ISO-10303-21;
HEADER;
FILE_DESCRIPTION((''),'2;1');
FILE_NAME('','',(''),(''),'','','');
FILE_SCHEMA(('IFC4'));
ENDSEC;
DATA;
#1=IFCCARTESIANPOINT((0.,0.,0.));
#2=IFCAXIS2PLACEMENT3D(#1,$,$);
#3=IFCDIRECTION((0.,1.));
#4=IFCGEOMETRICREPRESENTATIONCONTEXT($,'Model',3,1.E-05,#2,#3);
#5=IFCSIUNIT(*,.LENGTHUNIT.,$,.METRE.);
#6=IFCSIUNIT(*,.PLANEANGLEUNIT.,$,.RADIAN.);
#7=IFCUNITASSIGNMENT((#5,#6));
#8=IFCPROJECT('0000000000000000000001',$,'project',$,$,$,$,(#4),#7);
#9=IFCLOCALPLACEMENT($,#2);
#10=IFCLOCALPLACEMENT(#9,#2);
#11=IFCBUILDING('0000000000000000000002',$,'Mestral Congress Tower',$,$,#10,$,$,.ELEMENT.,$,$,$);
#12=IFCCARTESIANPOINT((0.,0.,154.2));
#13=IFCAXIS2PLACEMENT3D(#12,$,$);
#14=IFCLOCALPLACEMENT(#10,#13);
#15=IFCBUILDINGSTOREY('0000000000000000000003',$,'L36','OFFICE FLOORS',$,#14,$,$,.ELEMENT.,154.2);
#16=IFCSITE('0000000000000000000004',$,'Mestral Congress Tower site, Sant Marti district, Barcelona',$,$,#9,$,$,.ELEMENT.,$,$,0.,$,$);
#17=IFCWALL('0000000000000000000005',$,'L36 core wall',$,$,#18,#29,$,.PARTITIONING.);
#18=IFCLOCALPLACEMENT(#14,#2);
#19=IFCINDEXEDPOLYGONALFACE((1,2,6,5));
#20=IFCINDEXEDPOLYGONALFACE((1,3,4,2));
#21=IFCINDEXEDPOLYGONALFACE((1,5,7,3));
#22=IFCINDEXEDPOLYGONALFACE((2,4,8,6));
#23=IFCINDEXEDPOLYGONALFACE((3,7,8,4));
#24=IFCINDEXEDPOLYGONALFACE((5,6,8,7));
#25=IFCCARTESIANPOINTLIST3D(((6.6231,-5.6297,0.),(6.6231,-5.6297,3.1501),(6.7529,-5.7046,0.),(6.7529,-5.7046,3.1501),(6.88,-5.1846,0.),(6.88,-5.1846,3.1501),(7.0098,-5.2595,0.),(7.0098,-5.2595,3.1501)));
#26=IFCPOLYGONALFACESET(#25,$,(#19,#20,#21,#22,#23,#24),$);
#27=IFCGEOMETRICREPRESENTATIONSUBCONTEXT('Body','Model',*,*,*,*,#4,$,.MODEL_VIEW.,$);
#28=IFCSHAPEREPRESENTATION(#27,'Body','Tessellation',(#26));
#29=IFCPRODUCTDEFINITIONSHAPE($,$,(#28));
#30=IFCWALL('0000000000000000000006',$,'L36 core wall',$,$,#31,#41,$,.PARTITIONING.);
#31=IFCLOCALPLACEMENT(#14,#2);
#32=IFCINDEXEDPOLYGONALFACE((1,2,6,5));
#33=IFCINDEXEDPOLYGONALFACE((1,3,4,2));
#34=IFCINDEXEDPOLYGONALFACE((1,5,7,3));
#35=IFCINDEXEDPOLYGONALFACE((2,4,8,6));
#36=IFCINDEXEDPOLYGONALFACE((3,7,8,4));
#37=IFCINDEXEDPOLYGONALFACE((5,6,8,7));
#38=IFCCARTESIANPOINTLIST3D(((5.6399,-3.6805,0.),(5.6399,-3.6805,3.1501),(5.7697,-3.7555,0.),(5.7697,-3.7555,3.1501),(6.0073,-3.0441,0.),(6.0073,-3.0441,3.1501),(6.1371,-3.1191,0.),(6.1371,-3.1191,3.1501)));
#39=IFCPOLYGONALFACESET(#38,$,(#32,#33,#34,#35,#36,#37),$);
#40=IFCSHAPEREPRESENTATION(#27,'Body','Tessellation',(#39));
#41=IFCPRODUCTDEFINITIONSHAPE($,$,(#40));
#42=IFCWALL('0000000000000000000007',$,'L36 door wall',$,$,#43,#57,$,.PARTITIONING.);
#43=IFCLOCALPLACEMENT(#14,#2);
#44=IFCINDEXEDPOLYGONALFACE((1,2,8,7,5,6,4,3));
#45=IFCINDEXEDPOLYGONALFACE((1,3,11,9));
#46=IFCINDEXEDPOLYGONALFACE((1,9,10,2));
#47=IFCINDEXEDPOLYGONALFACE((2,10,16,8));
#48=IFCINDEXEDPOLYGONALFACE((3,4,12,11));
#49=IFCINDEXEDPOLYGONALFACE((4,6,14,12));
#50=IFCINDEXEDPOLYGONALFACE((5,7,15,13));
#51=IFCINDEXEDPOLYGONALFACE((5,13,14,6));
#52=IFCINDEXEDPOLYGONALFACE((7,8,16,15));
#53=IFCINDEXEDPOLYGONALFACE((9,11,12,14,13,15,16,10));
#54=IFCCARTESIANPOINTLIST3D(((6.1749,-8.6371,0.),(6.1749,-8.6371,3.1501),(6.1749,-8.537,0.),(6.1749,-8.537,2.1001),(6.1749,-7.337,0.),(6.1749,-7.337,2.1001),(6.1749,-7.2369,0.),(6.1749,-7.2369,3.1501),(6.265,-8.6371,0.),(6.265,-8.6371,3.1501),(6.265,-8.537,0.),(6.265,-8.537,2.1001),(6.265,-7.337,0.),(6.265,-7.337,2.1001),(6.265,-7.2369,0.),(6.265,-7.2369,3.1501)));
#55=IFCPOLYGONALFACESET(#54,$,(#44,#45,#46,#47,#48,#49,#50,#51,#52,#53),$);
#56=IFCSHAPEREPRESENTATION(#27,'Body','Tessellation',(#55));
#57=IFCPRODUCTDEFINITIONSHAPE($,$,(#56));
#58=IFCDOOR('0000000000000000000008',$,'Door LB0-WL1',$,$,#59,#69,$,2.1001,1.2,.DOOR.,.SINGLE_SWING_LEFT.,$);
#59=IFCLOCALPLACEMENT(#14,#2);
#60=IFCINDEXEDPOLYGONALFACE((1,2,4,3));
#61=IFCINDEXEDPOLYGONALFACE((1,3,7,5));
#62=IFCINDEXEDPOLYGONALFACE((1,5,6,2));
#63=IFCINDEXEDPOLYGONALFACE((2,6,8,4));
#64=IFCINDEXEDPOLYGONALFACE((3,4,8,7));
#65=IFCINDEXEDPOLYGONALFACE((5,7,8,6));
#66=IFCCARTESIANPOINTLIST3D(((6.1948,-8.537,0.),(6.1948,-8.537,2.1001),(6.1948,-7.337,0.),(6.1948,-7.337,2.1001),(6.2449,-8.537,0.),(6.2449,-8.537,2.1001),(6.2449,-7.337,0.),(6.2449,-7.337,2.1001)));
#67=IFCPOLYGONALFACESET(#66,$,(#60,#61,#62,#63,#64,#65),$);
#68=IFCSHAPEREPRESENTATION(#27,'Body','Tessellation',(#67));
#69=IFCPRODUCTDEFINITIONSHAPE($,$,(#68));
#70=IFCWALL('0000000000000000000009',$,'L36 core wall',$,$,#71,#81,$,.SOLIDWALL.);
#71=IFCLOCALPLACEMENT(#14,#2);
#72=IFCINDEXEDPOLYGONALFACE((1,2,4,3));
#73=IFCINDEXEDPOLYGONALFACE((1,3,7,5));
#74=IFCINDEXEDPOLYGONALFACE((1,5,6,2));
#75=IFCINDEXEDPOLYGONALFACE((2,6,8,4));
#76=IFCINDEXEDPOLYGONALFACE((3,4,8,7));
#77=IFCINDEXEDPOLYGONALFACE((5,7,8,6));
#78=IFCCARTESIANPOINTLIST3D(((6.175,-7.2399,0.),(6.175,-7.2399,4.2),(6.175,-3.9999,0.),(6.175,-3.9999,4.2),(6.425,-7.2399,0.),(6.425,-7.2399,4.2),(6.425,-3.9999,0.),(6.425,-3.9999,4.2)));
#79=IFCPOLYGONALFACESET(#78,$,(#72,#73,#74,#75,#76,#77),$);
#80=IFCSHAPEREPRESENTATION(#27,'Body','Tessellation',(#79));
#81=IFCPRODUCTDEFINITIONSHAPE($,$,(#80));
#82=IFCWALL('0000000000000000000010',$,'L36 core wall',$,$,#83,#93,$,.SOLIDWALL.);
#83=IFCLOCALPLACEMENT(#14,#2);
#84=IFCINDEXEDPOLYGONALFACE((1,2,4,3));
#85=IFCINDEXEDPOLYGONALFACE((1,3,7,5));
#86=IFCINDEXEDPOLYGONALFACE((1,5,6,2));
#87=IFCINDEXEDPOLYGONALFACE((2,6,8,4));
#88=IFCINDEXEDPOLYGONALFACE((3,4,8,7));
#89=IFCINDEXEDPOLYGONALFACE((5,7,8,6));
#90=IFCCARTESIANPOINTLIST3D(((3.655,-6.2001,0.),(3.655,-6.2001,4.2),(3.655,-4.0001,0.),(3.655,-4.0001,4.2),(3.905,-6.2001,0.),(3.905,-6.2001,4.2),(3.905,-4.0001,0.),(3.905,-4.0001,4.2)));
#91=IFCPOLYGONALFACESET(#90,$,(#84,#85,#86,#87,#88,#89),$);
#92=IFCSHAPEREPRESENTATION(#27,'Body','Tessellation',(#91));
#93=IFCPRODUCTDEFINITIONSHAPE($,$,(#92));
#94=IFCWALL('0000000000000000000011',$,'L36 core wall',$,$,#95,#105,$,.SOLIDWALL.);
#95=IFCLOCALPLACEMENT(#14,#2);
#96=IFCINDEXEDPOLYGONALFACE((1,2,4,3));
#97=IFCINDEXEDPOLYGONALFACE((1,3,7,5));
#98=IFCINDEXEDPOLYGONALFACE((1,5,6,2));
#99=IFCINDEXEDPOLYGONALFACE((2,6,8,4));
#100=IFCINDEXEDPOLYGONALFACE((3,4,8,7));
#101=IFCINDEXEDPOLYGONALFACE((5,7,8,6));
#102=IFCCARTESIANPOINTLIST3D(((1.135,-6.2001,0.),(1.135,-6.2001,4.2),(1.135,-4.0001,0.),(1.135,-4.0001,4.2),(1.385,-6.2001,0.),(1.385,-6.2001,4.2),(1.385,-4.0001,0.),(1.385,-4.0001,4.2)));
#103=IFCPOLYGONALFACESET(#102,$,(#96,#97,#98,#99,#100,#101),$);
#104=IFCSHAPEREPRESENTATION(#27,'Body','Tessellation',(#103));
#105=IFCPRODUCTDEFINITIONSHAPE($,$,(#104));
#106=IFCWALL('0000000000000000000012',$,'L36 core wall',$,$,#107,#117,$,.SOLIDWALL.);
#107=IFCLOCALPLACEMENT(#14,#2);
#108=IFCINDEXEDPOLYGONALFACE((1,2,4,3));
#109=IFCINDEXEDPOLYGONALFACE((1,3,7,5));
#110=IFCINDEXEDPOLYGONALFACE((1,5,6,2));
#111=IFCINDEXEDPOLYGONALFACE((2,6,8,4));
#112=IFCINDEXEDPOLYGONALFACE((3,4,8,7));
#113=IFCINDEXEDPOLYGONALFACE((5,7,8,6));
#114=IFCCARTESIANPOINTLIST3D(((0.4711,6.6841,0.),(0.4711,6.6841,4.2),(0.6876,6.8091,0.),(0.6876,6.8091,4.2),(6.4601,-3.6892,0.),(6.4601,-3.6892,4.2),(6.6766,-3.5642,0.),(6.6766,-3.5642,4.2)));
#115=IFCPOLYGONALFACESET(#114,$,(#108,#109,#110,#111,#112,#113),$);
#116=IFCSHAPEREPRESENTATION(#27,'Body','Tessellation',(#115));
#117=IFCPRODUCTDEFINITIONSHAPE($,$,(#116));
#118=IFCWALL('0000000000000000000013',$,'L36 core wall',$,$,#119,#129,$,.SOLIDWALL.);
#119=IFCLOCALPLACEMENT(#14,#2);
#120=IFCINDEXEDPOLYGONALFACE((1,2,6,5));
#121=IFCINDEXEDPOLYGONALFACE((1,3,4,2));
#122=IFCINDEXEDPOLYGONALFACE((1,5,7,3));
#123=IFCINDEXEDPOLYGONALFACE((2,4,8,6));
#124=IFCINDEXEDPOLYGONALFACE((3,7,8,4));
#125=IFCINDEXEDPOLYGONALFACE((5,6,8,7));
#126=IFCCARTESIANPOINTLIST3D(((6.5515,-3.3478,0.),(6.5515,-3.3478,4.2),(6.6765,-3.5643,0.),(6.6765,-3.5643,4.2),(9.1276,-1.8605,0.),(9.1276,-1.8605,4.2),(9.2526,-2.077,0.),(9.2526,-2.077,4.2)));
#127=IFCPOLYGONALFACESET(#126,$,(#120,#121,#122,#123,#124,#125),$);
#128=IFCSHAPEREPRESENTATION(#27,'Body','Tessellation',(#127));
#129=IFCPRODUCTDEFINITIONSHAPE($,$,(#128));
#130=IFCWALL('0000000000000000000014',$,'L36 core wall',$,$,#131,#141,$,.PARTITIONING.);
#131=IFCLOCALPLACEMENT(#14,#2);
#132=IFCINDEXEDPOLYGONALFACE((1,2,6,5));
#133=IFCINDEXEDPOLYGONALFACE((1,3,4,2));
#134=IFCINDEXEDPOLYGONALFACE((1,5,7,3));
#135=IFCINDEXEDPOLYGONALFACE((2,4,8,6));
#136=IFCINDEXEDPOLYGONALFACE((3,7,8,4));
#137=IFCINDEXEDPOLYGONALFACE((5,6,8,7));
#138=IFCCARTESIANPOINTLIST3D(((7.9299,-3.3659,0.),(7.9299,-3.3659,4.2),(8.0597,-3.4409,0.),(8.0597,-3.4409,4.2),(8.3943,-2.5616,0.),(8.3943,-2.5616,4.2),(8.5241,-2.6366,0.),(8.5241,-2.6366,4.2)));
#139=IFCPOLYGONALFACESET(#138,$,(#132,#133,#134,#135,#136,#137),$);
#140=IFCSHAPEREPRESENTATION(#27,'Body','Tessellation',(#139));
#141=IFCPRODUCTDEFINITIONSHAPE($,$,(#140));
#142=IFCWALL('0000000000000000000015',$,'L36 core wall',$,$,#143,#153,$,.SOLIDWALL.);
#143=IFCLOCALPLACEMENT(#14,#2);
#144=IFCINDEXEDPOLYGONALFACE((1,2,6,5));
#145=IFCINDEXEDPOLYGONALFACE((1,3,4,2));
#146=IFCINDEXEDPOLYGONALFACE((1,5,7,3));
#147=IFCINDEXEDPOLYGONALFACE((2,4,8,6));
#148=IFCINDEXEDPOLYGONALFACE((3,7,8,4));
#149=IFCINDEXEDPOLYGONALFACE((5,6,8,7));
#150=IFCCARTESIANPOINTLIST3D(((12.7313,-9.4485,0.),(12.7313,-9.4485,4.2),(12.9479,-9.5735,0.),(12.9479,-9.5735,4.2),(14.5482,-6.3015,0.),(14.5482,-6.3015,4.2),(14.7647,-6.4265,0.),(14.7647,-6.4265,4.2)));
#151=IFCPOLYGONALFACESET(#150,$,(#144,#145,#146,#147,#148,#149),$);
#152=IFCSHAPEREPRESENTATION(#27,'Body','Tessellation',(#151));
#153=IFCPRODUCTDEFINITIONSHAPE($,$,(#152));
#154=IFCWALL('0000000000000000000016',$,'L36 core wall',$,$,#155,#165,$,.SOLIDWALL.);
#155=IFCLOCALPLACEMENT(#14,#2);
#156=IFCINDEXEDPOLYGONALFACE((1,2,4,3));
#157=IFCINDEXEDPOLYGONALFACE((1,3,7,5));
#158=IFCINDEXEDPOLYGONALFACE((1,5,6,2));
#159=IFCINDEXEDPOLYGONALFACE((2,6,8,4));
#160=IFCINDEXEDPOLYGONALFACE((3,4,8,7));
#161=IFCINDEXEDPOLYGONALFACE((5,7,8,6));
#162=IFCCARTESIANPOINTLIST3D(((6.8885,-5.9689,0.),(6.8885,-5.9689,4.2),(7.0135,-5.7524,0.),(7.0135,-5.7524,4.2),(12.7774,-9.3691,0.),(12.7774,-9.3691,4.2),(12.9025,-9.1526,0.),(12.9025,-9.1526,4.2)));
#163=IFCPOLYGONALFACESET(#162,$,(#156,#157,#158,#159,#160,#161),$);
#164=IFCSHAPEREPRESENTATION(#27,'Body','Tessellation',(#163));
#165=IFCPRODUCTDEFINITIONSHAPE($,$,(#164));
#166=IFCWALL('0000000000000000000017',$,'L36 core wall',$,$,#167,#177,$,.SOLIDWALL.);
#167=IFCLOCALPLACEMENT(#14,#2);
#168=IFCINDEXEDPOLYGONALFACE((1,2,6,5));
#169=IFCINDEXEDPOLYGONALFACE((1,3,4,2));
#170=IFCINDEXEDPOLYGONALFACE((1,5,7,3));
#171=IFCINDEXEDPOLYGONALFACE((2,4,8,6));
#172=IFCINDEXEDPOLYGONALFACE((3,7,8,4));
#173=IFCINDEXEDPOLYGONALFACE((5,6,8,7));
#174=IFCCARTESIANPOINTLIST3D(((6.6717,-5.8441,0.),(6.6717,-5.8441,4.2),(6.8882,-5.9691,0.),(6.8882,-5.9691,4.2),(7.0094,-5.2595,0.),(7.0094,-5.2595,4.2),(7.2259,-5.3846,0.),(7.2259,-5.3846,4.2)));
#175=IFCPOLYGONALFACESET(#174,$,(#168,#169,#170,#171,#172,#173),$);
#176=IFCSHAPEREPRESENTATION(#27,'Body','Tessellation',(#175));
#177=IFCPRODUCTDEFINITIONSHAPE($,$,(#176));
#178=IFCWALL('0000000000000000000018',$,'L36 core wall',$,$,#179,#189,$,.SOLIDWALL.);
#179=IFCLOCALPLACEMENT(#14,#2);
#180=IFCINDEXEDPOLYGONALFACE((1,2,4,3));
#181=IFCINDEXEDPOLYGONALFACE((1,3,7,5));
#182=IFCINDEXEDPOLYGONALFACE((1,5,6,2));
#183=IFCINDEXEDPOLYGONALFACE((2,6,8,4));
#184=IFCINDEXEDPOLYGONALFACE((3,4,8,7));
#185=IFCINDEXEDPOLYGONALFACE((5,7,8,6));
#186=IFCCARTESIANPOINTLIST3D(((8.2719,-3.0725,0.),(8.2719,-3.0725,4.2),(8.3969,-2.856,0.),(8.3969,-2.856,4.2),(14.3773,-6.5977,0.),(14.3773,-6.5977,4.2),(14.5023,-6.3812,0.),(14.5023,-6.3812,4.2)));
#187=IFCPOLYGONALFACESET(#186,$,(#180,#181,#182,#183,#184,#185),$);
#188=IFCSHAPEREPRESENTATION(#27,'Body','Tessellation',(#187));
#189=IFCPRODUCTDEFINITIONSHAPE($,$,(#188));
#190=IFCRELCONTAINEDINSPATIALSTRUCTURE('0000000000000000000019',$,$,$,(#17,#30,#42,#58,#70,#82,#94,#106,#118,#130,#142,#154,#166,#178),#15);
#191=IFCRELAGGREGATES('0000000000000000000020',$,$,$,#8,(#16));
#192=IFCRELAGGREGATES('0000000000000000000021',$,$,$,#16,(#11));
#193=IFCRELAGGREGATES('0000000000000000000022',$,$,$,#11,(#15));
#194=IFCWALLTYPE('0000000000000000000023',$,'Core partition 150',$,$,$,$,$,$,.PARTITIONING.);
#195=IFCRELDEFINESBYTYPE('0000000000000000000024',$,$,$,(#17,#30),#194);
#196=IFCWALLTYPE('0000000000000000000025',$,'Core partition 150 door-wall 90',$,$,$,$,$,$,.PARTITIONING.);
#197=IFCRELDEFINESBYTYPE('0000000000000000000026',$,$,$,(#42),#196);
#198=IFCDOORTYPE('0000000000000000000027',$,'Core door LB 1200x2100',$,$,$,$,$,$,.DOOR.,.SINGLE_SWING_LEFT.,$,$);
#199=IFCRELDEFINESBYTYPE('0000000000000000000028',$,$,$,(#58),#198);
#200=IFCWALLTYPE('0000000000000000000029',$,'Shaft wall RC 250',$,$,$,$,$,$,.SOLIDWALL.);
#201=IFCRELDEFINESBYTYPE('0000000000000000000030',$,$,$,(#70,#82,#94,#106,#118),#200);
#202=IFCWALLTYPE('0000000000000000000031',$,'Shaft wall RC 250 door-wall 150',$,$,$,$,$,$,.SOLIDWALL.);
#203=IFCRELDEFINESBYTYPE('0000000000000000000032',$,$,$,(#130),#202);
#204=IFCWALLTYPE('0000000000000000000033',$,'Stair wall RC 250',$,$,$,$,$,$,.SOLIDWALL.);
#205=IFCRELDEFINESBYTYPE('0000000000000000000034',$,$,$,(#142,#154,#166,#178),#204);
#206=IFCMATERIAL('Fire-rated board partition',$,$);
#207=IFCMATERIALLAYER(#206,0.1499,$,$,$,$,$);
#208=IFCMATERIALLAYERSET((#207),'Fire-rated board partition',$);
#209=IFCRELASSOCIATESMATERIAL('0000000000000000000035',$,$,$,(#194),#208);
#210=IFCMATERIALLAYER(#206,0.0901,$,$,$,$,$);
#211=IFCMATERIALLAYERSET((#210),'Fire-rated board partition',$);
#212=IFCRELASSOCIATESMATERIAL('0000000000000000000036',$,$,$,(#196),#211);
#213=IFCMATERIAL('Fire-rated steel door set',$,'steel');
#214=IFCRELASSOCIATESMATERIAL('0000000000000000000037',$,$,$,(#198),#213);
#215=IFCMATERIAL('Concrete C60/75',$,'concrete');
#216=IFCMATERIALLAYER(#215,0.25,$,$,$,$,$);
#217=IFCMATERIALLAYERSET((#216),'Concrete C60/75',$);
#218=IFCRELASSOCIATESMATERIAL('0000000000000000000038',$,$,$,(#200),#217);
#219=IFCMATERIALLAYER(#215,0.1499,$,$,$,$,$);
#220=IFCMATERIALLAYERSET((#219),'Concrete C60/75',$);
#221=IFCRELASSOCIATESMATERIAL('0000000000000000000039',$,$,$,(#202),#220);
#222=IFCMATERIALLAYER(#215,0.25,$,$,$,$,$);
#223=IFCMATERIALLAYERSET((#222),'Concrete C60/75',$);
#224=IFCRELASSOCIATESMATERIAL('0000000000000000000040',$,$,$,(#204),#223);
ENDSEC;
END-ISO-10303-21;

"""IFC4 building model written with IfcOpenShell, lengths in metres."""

from ifc_helpers import new_model, si_unit, direction, frame, frame_2d, origin, place, context, subcontext, project, spatial, rectangle, extrude, material, layer, layer_set, type_object, element, fill, save


model = new_model("IFC4")

# Units and contexts
model_context = context("Model", 3, precision=1e-05, world=origin(), true_north=direction((0.0, 1.0)))
body_context = subcontext(model_context, "Body", "Model", "MODEL_VIEW")
ifc_project = project(units=[si_unit("LENGTHUNIT", "METRE"), si_unit("PLANEANGLEUNIT", "RADIAN")], contexts=[model_context])

# Site, building, storey
site_placement = place(None, origin())
site = spatial("IfcSite", under=ifc_project, at=site_placement, Name="Mestral Congress Tower site, Sant Marti district, Barcelona", CompositionType="ELEMENT", RefElevation=0.0)
building_placement = place(site_placement, origin())
building = spatial("IfcBuilding", under=site, at=building_placement, Name="Mestral Congress Tower", CompositionType="ELEMENT")
storey_placement = place(building_placement, frame((0.0, 0.0, 154.2)))
storey = spatial("IfcBuildingStorey", under=building, at=storey_placement, Name="L36", Description="OFFICE FLOORS", CompositionType="ELEMENT", Elevation=154.2)

# Walls
ifc_material_1 = material(Name="Fire-rated board partition")
ifc_layer_1 = layer(ifc_material_1, 0.1499)
ifc_layer_set_1 = layer_set([ifc_layer_1], Name="Fire-rated board partition")
wall_type_1 = type_object("IfcWallType", Name="Core partition 150", PredefinedType="PARTITIONING", material=ifc_layer_set_1)
wall_1_placement = place(storey_placement, frame((6.9448, -5.2222, 0.0), z_axis=(0.0, 0.0, 1.0), x_axis=(-0.499818, -0.86613, 0.0)))
element("IfcWall", 1, at=wall_1_placement, inside=storey, type_object=wall_type_1, Name="L36 core wall", PredefinedType="PARTITIONING", context=body_context, shape_type="SweptSolid", body=[
    extrude(rectangle(XDim=0.5139, YDim=0.1499, at=frame_2d((0.2568, 0.0))), origin(), (0.0, 0.0, 1.0), 3.1501),
])
wall_2_placement = place(storey_placement, frame((5.7048, -3.718, 0.0), z_axis=(0.0, 0.0, 1.0), x_axis=(0.499962, 0.866047, 0.0)))
element("IfcWall", 2, at=wall_2_placement, inside=storey, type_object=wall_type_1, Name="L36 core wall", PredefinedType="PARTITIONING", context=body_context, shape_type="SweptSolid", body=[
    extrude(rectangle(XDim=0.7349, YDim=0.1499, at=frame_2d((0.3674, 0.0))), origin(), (0.0, 0.0, 1.0), 3.1501),
])

# Wall, opening, door
ifc_layer_2 = layer(ifc_material_1, 0.0901)
ifc_layer_set_2 = layer_set([ifc_layer_2], Name="Fire-rated board partition")
wall_type_2 = type_object("IfcWallType", Name="Core partition 150 door-wall 90", PredefinedType="PARTITIONING", material=ifc_layer_set_2)
wall_3_placement = place(storey_placement, frame((6.22, -7.2368, 0.0), z_axis=(0.0, 0.0, 1.0), x_axis=(0.0, -1.0, 0.0)))
wall_3 = element("IfcWall", 3, at=wall_3_placement, inside=storey, type_object=wall_type_2, Name="L36 door wall", PredefinedType="PARTITIONING", context=body_context, shape_type="SweptSolid", body=[
    extrude(rectangle(XDim=1.4001, YDim=0.0901, at=frame_2d((0.7002, 0.0))), origin(), (0.0, 0.0, 1.0), 3.1501),
])
opening_1_placement = place(wall_3_placement, frame((0.1001, 0.0, 0.0)))
opening_1 = element("IfcOpeningElement", 4, at=opening_1_placement, cuts=wall_3, PredefinedType="OPENING", context=body_context, shape_type="SweptSolid", body=[
    extrude(rectangle(XDim=1.2, YDim=2.1001, at=frame_2d((0.6001, 1.05))), frame((0.0, 0.0549, 0.0), z_axis=(0.0, -1.0, 0.0), x_axis=(1.0, 0.0, 0.0)), (0.0, 0.0, 1.0), 0.1101),
])
ifc_material_2 = material(Name="Fire-rated steel door set", Category="steel")
door_type_1 = type_object("IfcDoorType", Name="Core door LB 1200x2100", OperationType="SINGLE_SWING_LEFT", PredefinedType="DOOR", material=ifc_material_2)
door_1_placement = place(opening_1_placement, origin())
door_1 = element("IfcDoor", 5, at=door_1_placement, inside=storey, type_object=door_type_1, Name="Door LB0-WL1", OperationType="SINGLE_SWING_LEFT", OverallHeight=2.1001, OverallWidth=1.2, PredefinedType="DOOR", context=body_context, shape_type="SweptSolid", body=[
    extrude(rectangle(XDim=1.2, YDim=2.1001, at=frame_2d((0.6001, 1.05))), frame((0.0, 0.0249, 0.0), z_axis=(0.0, -1.0, 0.0), x_axis=(1.0, 0.0, 0.0)), (0.0, 0.0, 1.0), 0.05),
])
fill(opening_1, door_1)

# Walls
ifc_material_3 = material(Name="Concrete C60/75", Category="concrete")
ifc_layer_3 = layer(ifc_material_3, 0.25)
ifc_layer_set_3 = layer_set([ifc_layer_3], Name="Concrete C60/75")
wall_type_3 = type_object("IfcWallType", Name="Shaft wall RC 250", PredefinedType="SOLIDWALL", material=ifc_layer_set_3)
wall_4_placement = place(storey_placement, frame((6.3, -7.24, 0.0), z_axis=(0.0, 0.0, 1.0), x_axis=(0.0, 1.0, 0.0)))
element("IfcWall", 6, at=wall_4_placement, inside=storey, type_object=wall_type_3, Name="L36 core wall", PredefinedType="SOLIDWALL", context=body_context, shape_type="SweptSolid", body=[
    extrude(rectangle(XDim=3.24, YDim=0.25, at=frame_2d((1.6201, 0.0))), origin(), (0.0, 0.0, 1.0), 4.2),
])
for number, where, z_axis, x_axis, name in (
    (7, (3.78, -4.0, 0.0), (0.0, 0.0, 1.0), (0.0, -1.0, 0.0), "L36 core wall"),
    (8, (1.26, -4.0, 0.0), (0.0, 0.0, 1.0), (0.0, -1.0, 0.0), "L36 core wall"),
):
    element("IfcWall", number, at=place(storey_placement, frame(where, z_axis=z_axis, x_axis=x_axis)), inside=storey, type_object=wall_type_3, Name=name, PredefinedType="SOLIDWALL", context=body_context, shape_type="SweptSolid", body=[
        extrude(rectangle(XDim=2.2, YDim=0.25, at=frame_2d((1.1001, 0.0))), origin(), (0.0, 0.0, 1.0), 4.2),
    ])
wall_5_placement = place(storey_placement, frame((6.5684, -3.6267, 0.0), z_axis=(0.0, 0.0, 1.0), x_axis=(-0.499999, 0.866026, 0.0)))
element("IfcWall", 9, at=wall_5_placement, inside=storey, type_object=wall_type_3, Name="L36 core wall", PredefinedType="SOLIDWALL", context=body_context, shape_type="SweptSolid", body=[
    extrude(rectangle(XDim=11.978, YDim=0.25, at=frame_2d((5.989, 0.0))), origin(), (0.0, 0.0, 1.0), 4.2),
])
wall_6_placement = place(storey_placement, frame((6.614, -3.4561, 0.0), z_axis=(0.0, 0.0, 1.0), x_axis=(0.866033, 0.499988, 0.0)))
element("IfcWall", 10, at=wall_6_placement, inside=storey, type_object=wall_type_3, Name="L36 core wall", PredefinedType="SOLIDWALL", context=body_context, shape_type="SweptSolid", body=[
    extrude(rectangle(XDim=2.9746, YDim=0.25, at=frame_2d((1.4873, 0.0))), origin(), (0.0, 0.0, 1.0), 4.2),
])
ifc_layer_4 = layer(ifc_material_3, 0.1499)
ifc_layer_set_4 = layer_set([ifc_layer_4], Name="Concrete C60/75")
wall_type_4 = type_object("IfcWallType", Name="Shaft wall RC 250 door-wall 150", PredefinedType="SOLIDWALL", material=ifc_layer_set_4)
wall_7_placement = place(storey_placement, frame((8.4592, -2.5991, 0.0), z_axis=(0.0, 0.0, 1.0), x_axis=(-0.500041, -0.866002, 0.0)))
element("IfcWall", 11, at=wall_7_placement, inside=storey, type_object=wall_type_4, Name="L36 core wall", PredefinedType="PARTITIONING", context=body_context, shape_type="SweptSolid", body=[
    extrude(rectangle(XDim=0.9287, YDim=0.1499, at=frame_2d((0.4644, 0.0))), origin(), (0.0, 0.0, 1.0), 4.2),
])
ifc_layer_5 = layer(ifc_material_3, 0.25)
ifc_layer_set_5 = layer_set([ifc_layer_5], Name="Concrete C60/75")
wall_type_5 = type_object("IfcWallType", Name="Stair wall RC 250", PredefinedType="SOLIDWALL", material=ifc_layer_set_5)
wall_8_placement = place(storey_placement, frame((12.8396, -9.511, 0.0), z_axis=(0.0, 0.0, 1.0), x_axis=(0.499998, 0.866027, 0.0)))
element("IfcWall", 12, at=wall_8_placement, inside=storey, type_object=wall_type_5, Name="L36 core wall", PredefinedType="SOLIDWALL", context=body_context, shape_type="SweptSolid", body=[
    extrude(rectangle(XDim=3.6338, YDim=0.25, at=frame_2d((1.8169, 0.0))), origin(), (0.0, 0.0, 1.0), 4.2),
])
wall_9_placement = place(storey_placement, frame((12.8398, -9.2607, 0.0), z_axis=(0.0, 0.0, 1.0), x_axis=(-0.866014, 0.50002, 0.0)))
element("IfcWall", 13, at=wall_9_placement, inside=storey, type_object=wall_type_5, Name="L36 core wall", PredefinedType="SOLIDWALL", context=body_context, shape_type="SweptSolid", body=[
    extrude(rectangle(XDim=6.8, YDim=0.25, at=frame_2d((3.3999, 0.0))), origin(), (0.0, 0.0, 1.0), 4.2),
])
wall_10_placement = place(storey_placement, frame((6.78, -5.9065, 0.0), z_axis=(0.0, 0.0, 1.0), x_axis=(0.500223, 0.865896, 0.0)))
element("IfcWall", 14, at=wall_10_placement, inside=storey, type_object=wall_type_5, Name="L36 core wall", PredefinedType="SOLIDWALL", context=body_context, shape_type="SweptSolid", body=[
    extrude(rectangle(XDim=0.675, YDim=0.25, at=frame_2d((0.3374, 0.0))), origin(), (0.0, 0.0, 1.0), 4.2),
])
wall_11_placement = place(storey_placement, frame((8.3345, -2.9644, 0.0), z_axis=(0.0, 0.0, 1.0), x_axis=(0.866016, -0.500016, 0.0)))
element("IfcWall", 15, at=wall_11_placement, inside=storey, type_object=wall_type_5, Name="L36 core wall", PredefinedType="SOLIDWALL", context=body_context, shape_type="SweptSolid", body=[
    extrude(rectangle(XDim=7.05, YDim=0.25, at=frame_2d((3.5249, 0.0))), origin(), (0.0, 0.0, 1.0), 4.2),
])

save(model, "model.ifc")
